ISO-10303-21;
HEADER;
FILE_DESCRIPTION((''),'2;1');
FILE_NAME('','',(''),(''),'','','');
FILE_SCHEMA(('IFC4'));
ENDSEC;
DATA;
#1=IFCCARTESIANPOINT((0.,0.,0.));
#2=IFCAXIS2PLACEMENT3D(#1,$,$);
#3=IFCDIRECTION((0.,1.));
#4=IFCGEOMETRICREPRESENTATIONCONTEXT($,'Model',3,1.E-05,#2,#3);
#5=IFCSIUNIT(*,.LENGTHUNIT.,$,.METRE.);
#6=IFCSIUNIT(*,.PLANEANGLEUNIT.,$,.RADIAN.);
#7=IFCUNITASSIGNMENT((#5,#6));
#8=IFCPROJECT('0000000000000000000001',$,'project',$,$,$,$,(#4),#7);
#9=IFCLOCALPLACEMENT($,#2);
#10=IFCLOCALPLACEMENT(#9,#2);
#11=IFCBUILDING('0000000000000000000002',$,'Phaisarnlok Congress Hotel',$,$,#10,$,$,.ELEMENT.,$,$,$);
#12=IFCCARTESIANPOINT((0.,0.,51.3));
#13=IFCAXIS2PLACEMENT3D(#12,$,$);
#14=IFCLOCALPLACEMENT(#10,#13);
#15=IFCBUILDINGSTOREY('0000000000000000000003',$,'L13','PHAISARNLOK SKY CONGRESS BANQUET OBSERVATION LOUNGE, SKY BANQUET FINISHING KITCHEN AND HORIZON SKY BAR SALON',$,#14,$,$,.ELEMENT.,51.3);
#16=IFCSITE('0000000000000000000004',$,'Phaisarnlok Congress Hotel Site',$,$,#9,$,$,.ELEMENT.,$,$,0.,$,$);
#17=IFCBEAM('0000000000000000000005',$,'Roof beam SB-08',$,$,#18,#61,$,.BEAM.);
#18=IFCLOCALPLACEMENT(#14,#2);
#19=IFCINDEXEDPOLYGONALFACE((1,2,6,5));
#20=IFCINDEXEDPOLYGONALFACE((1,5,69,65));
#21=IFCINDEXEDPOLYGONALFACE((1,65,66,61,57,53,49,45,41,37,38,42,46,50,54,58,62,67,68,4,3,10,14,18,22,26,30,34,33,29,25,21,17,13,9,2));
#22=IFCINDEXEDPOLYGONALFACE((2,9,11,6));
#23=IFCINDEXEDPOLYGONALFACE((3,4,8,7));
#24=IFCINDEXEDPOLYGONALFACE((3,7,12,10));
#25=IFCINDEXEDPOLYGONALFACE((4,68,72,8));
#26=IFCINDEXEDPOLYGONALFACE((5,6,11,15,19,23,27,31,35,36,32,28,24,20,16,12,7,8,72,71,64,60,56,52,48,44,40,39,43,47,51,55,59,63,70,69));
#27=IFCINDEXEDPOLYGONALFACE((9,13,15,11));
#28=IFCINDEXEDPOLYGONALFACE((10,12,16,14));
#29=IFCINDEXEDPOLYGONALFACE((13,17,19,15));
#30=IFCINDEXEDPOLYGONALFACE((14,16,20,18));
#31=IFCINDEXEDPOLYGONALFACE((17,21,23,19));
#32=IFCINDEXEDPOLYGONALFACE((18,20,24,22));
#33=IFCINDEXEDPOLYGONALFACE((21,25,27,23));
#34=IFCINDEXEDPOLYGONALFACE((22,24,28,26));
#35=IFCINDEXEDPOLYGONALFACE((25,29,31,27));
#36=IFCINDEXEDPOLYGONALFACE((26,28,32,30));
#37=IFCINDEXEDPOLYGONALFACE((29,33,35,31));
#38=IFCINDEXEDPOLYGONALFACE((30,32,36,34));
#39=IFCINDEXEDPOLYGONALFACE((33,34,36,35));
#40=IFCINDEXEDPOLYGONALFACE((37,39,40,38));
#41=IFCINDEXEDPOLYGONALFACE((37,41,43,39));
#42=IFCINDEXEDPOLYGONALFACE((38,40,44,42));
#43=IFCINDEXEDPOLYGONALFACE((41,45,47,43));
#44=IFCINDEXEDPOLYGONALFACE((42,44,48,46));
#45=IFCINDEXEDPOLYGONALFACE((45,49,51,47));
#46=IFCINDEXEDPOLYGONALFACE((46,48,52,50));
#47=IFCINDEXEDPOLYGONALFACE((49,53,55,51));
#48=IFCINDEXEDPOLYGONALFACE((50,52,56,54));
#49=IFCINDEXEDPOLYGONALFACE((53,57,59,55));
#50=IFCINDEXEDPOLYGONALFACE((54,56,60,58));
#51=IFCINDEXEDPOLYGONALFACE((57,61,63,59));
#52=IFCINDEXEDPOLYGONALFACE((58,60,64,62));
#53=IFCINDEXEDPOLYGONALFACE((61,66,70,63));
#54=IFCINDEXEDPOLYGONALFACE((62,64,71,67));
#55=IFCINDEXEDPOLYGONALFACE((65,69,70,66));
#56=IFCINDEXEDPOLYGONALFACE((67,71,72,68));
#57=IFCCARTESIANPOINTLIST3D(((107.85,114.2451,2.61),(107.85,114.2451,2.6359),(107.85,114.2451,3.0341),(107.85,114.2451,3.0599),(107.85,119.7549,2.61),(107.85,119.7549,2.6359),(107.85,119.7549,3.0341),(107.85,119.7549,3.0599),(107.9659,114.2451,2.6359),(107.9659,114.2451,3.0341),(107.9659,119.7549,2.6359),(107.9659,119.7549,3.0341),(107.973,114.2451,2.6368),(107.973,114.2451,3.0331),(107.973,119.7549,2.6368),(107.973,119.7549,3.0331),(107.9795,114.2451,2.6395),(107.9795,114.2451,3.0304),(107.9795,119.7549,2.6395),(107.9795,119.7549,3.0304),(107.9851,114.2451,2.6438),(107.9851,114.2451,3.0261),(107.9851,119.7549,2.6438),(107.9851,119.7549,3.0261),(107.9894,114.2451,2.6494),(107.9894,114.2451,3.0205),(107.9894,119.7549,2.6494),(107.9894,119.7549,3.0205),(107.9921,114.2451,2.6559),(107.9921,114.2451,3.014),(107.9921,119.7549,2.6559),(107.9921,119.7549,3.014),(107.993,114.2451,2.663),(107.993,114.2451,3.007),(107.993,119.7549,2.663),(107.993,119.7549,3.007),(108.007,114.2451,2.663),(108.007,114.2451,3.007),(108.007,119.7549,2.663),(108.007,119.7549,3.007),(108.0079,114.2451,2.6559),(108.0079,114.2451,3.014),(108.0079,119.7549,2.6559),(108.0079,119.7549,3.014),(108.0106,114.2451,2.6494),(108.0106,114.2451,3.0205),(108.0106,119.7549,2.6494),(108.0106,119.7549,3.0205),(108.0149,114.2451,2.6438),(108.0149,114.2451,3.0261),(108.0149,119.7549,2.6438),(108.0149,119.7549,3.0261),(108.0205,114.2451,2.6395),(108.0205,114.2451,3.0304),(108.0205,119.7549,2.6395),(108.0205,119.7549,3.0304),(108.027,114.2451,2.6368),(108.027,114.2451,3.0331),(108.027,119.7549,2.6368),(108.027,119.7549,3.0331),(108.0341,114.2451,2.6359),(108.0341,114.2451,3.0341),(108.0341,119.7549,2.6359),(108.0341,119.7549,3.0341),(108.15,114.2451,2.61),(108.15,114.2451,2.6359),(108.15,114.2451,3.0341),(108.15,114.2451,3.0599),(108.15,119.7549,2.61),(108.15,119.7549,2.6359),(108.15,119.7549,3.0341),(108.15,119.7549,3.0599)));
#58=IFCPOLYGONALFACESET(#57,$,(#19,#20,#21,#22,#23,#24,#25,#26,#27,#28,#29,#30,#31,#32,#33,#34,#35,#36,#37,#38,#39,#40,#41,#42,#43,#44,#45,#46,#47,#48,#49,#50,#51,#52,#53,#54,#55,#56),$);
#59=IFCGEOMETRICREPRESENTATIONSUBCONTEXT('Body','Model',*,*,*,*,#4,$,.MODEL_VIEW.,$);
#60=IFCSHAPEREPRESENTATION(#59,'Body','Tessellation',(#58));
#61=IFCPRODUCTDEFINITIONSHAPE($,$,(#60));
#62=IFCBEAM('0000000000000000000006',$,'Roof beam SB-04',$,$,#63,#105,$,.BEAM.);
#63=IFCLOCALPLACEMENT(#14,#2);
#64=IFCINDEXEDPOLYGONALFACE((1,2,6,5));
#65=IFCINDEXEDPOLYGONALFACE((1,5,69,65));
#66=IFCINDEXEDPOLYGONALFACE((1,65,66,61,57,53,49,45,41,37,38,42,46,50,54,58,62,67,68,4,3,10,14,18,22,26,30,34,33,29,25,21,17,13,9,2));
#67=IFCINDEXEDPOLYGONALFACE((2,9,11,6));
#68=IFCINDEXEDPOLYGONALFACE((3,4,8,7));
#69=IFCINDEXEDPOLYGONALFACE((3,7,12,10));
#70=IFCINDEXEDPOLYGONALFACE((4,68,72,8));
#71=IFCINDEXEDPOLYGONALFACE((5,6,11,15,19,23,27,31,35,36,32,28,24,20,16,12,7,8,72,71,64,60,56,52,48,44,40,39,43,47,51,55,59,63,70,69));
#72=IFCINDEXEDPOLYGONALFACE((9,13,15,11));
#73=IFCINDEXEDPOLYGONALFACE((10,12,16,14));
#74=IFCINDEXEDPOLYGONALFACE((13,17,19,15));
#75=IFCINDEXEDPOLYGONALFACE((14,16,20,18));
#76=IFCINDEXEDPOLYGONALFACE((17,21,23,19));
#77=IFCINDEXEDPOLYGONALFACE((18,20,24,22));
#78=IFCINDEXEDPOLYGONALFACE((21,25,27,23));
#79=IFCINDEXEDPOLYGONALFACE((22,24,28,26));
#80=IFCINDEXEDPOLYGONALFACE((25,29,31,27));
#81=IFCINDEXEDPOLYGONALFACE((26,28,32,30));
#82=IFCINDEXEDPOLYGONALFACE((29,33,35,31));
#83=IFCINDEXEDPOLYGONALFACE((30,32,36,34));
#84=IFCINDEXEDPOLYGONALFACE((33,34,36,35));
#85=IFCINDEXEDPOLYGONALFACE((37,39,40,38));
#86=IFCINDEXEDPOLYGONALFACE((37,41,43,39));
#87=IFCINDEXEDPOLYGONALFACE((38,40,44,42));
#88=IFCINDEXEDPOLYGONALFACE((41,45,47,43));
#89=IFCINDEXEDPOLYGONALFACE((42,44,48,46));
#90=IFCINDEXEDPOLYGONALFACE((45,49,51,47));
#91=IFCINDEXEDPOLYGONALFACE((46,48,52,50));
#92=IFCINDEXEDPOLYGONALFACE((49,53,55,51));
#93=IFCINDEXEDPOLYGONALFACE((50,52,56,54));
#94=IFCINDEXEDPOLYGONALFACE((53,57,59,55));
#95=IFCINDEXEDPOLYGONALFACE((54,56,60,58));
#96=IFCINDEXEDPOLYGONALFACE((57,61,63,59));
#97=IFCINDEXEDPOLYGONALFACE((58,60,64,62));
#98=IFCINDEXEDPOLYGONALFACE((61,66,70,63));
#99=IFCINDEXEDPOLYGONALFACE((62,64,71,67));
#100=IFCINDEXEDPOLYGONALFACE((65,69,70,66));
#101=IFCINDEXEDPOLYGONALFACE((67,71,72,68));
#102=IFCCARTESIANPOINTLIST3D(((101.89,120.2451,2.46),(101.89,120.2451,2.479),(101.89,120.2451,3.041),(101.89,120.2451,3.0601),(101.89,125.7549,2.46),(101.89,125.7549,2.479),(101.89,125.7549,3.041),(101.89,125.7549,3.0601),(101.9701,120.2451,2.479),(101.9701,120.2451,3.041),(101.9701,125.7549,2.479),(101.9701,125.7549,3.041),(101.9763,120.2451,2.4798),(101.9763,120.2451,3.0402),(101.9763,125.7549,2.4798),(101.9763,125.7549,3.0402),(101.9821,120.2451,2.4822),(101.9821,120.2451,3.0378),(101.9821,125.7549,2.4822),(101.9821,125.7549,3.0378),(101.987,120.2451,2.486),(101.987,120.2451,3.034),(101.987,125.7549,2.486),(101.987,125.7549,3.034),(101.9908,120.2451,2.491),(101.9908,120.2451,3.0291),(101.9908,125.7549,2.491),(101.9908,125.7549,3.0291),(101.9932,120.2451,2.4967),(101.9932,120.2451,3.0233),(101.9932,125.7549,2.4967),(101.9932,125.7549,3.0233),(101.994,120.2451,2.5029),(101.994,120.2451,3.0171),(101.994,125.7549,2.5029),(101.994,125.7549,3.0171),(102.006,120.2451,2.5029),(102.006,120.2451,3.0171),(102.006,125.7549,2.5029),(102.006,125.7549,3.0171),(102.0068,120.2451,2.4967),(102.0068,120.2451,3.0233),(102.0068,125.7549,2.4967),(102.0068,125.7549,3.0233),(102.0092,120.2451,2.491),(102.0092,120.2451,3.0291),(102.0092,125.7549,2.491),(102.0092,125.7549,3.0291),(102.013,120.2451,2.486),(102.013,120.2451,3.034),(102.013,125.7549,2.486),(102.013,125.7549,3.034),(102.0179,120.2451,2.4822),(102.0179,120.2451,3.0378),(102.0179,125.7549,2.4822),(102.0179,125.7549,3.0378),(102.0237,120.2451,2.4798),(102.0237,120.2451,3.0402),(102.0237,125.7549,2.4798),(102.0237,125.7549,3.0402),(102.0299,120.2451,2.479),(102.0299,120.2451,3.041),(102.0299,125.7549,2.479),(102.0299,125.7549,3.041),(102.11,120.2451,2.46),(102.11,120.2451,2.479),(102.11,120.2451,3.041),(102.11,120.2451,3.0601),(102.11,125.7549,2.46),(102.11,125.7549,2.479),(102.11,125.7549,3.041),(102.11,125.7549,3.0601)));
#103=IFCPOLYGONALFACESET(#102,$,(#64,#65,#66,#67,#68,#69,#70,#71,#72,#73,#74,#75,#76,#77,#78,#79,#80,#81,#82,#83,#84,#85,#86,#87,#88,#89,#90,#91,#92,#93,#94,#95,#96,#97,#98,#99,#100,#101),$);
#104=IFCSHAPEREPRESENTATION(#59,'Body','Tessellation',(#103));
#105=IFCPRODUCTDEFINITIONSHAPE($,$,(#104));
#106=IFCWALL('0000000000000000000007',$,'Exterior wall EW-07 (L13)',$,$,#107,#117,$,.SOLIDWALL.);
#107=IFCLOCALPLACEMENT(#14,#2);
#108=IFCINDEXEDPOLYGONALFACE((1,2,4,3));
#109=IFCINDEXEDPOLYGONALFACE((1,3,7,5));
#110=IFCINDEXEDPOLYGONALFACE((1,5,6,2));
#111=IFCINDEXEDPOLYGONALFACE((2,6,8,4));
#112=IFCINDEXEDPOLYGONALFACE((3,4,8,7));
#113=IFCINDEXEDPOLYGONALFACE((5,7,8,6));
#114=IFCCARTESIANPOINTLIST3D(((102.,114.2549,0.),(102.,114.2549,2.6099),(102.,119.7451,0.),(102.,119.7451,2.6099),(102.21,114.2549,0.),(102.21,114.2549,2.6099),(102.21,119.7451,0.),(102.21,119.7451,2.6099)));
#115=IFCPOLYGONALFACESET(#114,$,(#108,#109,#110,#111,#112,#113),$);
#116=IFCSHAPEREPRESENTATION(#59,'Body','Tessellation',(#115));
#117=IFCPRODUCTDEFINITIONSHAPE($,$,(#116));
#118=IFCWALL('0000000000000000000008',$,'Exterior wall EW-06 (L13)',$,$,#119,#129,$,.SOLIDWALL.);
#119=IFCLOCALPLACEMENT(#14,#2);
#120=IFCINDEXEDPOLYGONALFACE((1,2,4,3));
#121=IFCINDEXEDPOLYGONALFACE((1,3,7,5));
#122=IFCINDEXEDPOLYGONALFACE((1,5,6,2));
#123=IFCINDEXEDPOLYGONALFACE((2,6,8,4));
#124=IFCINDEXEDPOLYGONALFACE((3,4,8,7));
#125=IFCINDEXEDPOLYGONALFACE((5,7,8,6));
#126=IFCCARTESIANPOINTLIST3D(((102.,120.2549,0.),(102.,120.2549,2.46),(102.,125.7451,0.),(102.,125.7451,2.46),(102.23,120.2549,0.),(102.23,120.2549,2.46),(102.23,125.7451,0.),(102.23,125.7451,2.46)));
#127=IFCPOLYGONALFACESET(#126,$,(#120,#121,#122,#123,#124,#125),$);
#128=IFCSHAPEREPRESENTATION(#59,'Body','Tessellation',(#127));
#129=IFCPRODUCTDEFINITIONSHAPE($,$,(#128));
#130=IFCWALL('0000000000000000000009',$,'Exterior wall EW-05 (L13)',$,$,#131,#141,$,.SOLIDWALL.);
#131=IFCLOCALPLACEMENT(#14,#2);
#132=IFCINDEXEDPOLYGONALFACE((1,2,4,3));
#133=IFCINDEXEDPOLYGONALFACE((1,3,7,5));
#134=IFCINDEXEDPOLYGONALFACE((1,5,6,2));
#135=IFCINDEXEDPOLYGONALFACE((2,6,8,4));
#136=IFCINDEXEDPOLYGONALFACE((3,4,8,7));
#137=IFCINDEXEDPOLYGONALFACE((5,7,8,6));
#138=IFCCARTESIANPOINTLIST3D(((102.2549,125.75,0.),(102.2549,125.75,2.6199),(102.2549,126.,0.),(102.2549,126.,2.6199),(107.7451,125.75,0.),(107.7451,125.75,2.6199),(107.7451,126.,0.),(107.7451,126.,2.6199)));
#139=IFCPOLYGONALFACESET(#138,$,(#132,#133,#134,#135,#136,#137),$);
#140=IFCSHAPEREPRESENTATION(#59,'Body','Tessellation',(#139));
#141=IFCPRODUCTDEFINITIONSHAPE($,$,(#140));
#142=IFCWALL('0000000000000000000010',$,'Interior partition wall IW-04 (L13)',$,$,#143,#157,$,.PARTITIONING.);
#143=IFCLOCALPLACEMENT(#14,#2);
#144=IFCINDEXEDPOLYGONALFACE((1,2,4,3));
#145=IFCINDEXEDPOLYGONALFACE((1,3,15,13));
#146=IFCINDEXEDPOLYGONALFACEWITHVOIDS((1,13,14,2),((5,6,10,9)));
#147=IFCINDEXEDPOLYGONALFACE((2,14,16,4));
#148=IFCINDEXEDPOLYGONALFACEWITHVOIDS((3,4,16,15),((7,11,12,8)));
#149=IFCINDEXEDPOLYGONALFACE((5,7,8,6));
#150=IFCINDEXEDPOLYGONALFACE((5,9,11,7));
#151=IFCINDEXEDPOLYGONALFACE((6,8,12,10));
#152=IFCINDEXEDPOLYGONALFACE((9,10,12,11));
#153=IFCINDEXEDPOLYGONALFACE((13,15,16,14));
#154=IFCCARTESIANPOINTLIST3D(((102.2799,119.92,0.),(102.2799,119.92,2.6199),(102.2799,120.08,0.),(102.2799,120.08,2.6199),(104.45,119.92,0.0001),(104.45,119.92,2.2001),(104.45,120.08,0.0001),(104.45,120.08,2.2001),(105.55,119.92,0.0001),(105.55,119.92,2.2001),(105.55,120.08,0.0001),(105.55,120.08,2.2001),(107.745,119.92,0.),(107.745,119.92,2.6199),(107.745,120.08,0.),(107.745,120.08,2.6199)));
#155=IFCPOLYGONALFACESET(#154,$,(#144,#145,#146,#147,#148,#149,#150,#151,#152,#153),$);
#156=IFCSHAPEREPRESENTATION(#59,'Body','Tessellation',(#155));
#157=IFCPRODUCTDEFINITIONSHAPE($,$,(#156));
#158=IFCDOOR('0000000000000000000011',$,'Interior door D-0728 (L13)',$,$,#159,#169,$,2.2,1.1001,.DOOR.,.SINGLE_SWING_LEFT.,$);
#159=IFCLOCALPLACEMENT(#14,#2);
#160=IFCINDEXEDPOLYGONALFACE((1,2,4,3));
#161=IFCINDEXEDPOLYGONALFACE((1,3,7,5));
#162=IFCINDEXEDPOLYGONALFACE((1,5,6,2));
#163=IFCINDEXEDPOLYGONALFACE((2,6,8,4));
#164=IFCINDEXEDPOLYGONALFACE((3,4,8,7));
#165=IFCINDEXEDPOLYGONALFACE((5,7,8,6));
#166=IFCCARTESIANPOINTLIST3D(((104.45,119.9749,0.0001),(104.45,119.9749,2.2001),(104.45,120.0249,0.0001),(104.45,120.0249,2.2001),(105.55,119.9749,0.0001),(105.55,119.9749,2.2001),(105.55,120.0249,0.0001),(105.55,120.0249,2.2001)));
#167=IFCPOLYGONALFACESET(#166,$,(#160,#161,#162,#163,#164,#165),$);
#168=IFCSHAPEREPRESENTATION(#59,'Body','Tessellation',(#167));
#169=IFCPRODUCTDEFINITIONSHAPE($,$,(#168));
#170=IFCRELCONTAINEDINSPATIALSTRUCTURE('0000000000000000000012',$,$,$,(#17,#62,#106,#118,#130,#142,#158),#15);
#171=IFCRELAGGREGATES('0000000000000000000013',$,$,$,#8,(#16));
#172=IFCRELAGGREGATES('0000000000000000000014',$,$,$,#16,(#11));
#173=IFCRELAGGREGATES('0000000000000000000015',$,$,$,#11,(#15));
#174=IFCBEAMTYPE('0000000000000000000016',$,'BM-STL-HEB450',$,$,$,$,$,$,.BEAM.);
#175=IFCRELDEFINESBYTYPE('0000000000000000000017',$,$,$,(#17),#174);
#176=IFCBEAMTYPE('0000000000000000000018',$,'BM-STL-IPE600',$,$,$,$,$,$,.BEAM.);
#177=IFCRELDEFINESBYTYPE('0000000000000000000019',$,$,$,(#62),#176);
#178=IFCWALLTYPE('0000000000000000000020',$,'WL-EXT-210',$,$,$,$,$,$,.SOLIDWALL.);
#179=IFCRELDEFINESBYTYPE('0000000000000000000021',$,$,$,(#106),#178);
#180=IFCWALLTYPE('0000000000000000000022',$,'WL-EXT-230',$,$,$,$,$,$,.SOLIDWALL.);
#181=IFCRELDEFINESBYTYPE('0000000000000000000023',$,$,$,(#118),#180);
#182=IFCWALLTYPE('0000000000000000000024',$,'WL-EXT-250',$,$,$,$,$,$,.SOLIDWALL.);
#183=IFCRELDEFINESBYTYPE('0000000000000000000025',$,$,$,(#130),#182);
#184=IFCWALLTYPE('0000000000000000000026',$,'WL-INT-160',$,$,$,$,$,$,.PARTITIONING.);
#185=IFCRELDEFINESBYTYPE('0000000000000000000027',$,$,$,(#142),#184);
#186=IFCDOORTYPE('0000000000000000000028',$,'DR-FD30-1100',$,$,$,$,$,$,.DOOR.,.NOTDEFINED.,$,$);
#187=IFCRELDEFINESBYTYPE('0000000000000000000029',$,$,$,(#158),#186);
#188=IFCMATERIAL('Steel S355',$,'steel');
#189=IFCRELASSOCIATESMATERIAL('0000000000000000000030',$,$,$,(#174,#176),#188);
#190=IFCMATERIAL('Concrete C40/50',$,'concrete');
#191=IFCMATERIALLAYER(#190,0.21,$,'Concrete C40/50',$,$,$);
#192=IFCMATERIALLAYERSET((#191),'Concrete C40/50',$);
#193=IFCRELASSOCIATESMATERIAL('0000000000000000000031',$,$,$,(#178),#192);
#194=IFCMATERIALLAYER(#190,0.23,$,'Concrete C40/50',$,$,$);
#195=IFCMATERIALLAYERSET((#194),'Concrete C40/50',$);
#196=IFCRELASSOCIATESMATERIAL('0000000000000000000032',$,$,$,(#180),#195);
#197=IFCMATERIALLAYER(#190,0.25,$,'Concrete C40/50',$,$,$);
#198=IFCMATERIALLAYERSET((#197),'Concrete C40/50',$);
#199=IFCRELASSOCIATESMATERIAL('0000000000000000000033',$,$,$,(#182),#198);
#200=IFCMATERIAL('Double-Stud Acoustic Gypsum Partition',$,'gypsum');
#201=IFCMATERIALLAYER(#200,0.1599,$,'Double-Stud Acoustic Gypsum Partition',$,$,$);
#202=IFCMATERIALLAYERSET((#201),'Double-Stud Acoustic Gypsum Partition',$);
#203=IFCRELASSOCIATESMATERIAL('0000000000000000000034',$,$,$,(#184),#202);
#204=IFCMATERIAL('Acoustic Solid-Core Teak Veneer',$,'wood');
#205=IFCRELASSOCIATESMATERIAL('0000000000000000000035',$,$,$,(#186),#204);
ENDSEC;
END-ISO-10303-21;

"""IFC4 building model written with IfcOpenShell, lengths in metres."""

from ifc_helpers import new_model, si_unit, direction, frame, frame_2d, origin, origin_2d, place, context, subcontext, project, spatial, rectangle, i_section, extrude, material, layer, layer_set, material_profile, profile_set, type_object, element, fill, save


model = new_model("IFC4")

# Units and contexts
model_context = context("Model", 3, precision=1e-05, world=origin(), true_north=direction((0.0, 1.0)))
body_context = subcontext(model_context, "Body", "Model", "MODEL_VIEW")
ifc_project = project(units=[si_unit("LENGTHUNIT", "METRE"), si_unit("PLANEANGLEUNIT", "RADIAN")], contexts=[model_context])

# Site, building, storey
site_placement = place(None, origin())
site = spatial("IfcSite", under=ifc_project, at=site_placement, Name="Phaisarnlok Congress Hotel Site", CompositionType="ELEMENT", RefElevation=0.0)
building_placement = place(site_placement, origin())
building = spatial("IfcBuilding", under=site, at=building_placement, Name="Phaisarnlok Congress Hotel", CompositionType="ELEMENT")
storey_placement = place(building_placement, frame((0.0, 0.0, 51.3)))
storey = spatial("IfcBuildingStorey", under=building, at=storey_placement, Name="L13", Description="PHAISARNLOK SKY CONGRESS BANQUET OBSERVATION LOUNGE, SKY BANQUET FINISHING KITCHEN AND HORIZON SKY BAR SALON", CompositionType="ELEMENT", Elevation=51.3)

# Beams
ifc_material_1 = material(Name="Steel S355", Category="steel")
ifc_material_profile_1 = material_profile(ifc_material_1, i_section(OverallWidth=0.3, OverallDepth=0.45, WebThickness=0.0139, FlangeThickness=0.0259, FilletRadius=0.0271, at=origin_2d()), Name="HEB 450")
ifc_profile_set_1 = profile_set([ifc_material_profile_1], Name="Steel S355")
beam_type_1 = type_object("IfcBeamType", Name="BM-STL-HEB450", PredefinedType="BEAM", material=ifc_profile_set_1)
for number, where, z_axis, x_axis, name in (
    (1, (108.0, 114.2451, 2.835), (0.0, 1.0, 0.0), (-1.0, 0.0, 0.0), "Roof beam SB-08"),
):
    element("IfcBeam", number, at=place(storey_placement, frame(where, z_axis=z_axis, x_axis=x_axis)), inside=storey, type_object=beam_type_1, Name=name, PredefinedType="BEAM", context=body_context, shape_type="SweptSolid", body=[
        extrude(i_section(OverallWidth=0.3, OverallDepth=0.45, WebThickness=0.0139, FlangeThickness=0.0259, FilletRadius=0.0271, at=origin_2d()), origin(), (0.0, 0.0, 1.0), 5.5098),
    ])
ifc_material_profile_2 = material_profile(ifc_material_1, i_section(OverallWidth=0.22, OverallDepth=0.6001, WebThickness=0.012, FlangeThickness=0.019, FilletRadius=0.0239, at=origin_2d()), Name="IPE 600")
ifc_profile_set_2 = profile_set([ifc_material_profile_2], Name="Steel S355")
beam_type_2 = type_object("IfcBeamType", Name="BM-STL-IPE600", PredefinedType="BEAM", material=ifc_profile_set_2)
beam_placement = place(storey_placement, frame((102.0, 120.2451, 2.76), z_axis=(0.0, 1.0, 0.0), x_axis=(-1.0, 0.0, 0.0)))
element("IfcBeam", 2, at=beam_placement, inside=storey, type_object=beam_type_2, Name="Roof beam SB-04", PredefinedType="BEAM", context=body_context, shape_type="SweptSolid", body=[
    extrude(i_section(OverallWidth=0.22, OverallDepth=0.6001, WebThickness=0.012, FlangeThickness=0.019, FilletRadius=0.0239, at=origin_2d()), origin(), (0.0, 0.0, 1.0), 5.5098),
])

# Walls
ifc_material_2 = material(Name="Concrete C40/50", Category="concrete")
ifc_layer_1 = layer(ifc_material_2, 0.21, Name="Concrete C40/50")
ifc_layer_set_1 = layer_set([ifc_layer_1], Name="Concrete C40/50")
wall_type_1 = type_object("IfcWallType", Name="WL-EXT-210", PredefinedType="SOLIDWALL", material=ifc_layer_set_1)
wall_1_placement = place(storey_placement, frame((102.105, 119.7451, 0.0), z_axis=(0.0, 0.0, 1.0), x_axis=(0.0, -1.0, 0.0)))
element("IfcWall", 3, at=wall_1_placement, inside=storey, type_object=wall_type_1, Name="Exterior wall EW-07 (L13)", PredefinedType="SOLIDWALL", context=body_context, shape_type="SweptSolid", body=[
    extrude(rectangle(XDim=5.4902, YDim=0.21, at=frame_2d((2.7451, 0.0))), origin(), (0.0, 0.0, 1.0), 2.6099),
])
ifc_layer_2 = layer(ifc_material_2, 0.23, Name="Concrete C40/50")
ifc_layer_set_2 = layer_set([ifc_layer_2], Name="Concrete C40/50")
wall_type_2 = type_object("IfcWallType", Name="WL-EXT-230", PredefinedType="SOLIDWALL", material=ifc_layer_set_2)
wall_2_placement = place(storey_placement, frame((102.115, 125.7451, 0.0), z_axis=(0.0, 0.0, 1.0), x_axis=(0.0, -1.0, 0.0)))
element("IfcWall", 4, at=wall_2_placement, inside=storey, type_object=wall_type_2, Name="Exterior wall EW-06 (L13)", PredefinedType="SOLIDWALL", context=body_context, shape_type="SweptSolid", body=[
    extrude(rectangle(XDim=5.4902, YDim=0.23, at=frame_2d((2.7451, 0.0))), origin(), (0.0, 0.0, 1.0), 2.46),
])
ifc_layer_3 = layer(ifc_material_2, 0.25, Name="Concrete C40/50")
ifc_layer_set_3 = layer_set([ifc_layer_3], Name="Concrete C40/50")
wall_type_3 = type_object("IfcWallType", Name="WL-EXT-250", PredefinedType="SOLIDWALL", material=ifc_layer_set_3)
wall_3_placement = place(storey_placement, frame((107.7451, 125.875, 0.0), z_axis=(0.0, 0.0, 1.0), x_axis=(-1.0, 0.0, 0.0)))
element("IfcWall", 5, at=wall_3_placement, inside=storey, type_object=wall_type_3, Name="Exterior wall EW-05 (L13)", PredefinedType="SOLIDWALL", context=body_context, shape_type="SweptSolid", body=[
    extrude(rectangle(XDim=5.4902, YDim=0.25, at=frame_2d((2.7451, 0.0))), origin(), (0.0, 0.0, 1.0), 2.6199),
])

# Wall, opening, door
ifc_material_3 = material(Name="Double-Stud Acoustic Gypsum Partition", Category="gypsum")
ifc_layer_4 = layer(ifc_material_3, 0.1599, Name="Double-Stud Acoustic Gypsum Partition")
ifc_layer_set_4 = layer_set([ifc_layer_4], Name="Double-Stud Acoustic Gypsum Partition")
wall_type_4 = type_object("IfcWallType", Name="WL-INT-160", PredefinedType="PARTITIONING", material=ifc_layer_set_4)
wall_4_placement = place(storey_placement, frame((102.28, 120.0, 0.0), z_axis=(0.0, 0.0, 1.0), x_axis=(1.0, 0.0, 0.0)))
wall_4 = element("IfcWall", 6, at=wall_4_placement, inside=storey, type_object=wall_type_4, Name="Interior partition wall IW-04 (L13)", PredefinedType="PARTITIONING", context=body_context, shape_type="SweptSolid", body=[
    extrude(rectangle(XDim=5.4651, YDim=0.1599, at=frame_2d((2.7324, 0.0))), origin(), (0.0, 0.0, 1.0), 2.6199),
])
opening_1_placement = place(wall_4_placement, frame((2.1699, 0.0, 0.0)))
opening_1 = element("IfcOpeningElement", 7, at=opening_1_placement, cuts=wall_4, PredefinedType="OPENING", context=body_context, shape_type="SweptSolid", body=[
    extrude(rectangle(XDim=1.1001, YDim=2.2, at=frame_2d((0.55, 1.1001))), frame((0.0, 0.0898, 0.0), z_axis=(0.0, -1.0, 0.0), x_axis=(1.0, 0.0, 0.0)), (0.0, 0.0, 1.0), 0.1799),
])
ifc_material_4 = material(Name="Acoustic Solid-Core Teak Veneer", Category="wood")
door_type_1 = type_object("IfcDoorType", Name="DR-FD30-1100", OperationType="NOTDEFINED", PredefinedType="DOOR", material=ifc_material_4)
door_1_placement = place(opening_1_placement, origin())
door_1 = element("IfcDoor", 8, at=door_1_placement, inside=storey, type_object=door_type_1, Name="Interior door D-0728 (L13)", OperationType="SINGLE_SWING_LEFT", OverallHeight=2.2, OverallWidth=1.1001, PredefinedType="DOOR", context=body_context, shape_type="SweptSolid", body=[
    extrude(rectangle(XDim=1.1001, YDim=2.2, at=frame_2d((0.55, 1.1001))), frame((0.0, 0.0249, 0.0), z_axis=(0.0, -1.0, 0.0), x_axis=(1.0, 0.0, 0.0)), (0.0, 0.0, 1.0), 0.05),
])
fill(opening_1, door_1)

save(model, "model.ifc")
